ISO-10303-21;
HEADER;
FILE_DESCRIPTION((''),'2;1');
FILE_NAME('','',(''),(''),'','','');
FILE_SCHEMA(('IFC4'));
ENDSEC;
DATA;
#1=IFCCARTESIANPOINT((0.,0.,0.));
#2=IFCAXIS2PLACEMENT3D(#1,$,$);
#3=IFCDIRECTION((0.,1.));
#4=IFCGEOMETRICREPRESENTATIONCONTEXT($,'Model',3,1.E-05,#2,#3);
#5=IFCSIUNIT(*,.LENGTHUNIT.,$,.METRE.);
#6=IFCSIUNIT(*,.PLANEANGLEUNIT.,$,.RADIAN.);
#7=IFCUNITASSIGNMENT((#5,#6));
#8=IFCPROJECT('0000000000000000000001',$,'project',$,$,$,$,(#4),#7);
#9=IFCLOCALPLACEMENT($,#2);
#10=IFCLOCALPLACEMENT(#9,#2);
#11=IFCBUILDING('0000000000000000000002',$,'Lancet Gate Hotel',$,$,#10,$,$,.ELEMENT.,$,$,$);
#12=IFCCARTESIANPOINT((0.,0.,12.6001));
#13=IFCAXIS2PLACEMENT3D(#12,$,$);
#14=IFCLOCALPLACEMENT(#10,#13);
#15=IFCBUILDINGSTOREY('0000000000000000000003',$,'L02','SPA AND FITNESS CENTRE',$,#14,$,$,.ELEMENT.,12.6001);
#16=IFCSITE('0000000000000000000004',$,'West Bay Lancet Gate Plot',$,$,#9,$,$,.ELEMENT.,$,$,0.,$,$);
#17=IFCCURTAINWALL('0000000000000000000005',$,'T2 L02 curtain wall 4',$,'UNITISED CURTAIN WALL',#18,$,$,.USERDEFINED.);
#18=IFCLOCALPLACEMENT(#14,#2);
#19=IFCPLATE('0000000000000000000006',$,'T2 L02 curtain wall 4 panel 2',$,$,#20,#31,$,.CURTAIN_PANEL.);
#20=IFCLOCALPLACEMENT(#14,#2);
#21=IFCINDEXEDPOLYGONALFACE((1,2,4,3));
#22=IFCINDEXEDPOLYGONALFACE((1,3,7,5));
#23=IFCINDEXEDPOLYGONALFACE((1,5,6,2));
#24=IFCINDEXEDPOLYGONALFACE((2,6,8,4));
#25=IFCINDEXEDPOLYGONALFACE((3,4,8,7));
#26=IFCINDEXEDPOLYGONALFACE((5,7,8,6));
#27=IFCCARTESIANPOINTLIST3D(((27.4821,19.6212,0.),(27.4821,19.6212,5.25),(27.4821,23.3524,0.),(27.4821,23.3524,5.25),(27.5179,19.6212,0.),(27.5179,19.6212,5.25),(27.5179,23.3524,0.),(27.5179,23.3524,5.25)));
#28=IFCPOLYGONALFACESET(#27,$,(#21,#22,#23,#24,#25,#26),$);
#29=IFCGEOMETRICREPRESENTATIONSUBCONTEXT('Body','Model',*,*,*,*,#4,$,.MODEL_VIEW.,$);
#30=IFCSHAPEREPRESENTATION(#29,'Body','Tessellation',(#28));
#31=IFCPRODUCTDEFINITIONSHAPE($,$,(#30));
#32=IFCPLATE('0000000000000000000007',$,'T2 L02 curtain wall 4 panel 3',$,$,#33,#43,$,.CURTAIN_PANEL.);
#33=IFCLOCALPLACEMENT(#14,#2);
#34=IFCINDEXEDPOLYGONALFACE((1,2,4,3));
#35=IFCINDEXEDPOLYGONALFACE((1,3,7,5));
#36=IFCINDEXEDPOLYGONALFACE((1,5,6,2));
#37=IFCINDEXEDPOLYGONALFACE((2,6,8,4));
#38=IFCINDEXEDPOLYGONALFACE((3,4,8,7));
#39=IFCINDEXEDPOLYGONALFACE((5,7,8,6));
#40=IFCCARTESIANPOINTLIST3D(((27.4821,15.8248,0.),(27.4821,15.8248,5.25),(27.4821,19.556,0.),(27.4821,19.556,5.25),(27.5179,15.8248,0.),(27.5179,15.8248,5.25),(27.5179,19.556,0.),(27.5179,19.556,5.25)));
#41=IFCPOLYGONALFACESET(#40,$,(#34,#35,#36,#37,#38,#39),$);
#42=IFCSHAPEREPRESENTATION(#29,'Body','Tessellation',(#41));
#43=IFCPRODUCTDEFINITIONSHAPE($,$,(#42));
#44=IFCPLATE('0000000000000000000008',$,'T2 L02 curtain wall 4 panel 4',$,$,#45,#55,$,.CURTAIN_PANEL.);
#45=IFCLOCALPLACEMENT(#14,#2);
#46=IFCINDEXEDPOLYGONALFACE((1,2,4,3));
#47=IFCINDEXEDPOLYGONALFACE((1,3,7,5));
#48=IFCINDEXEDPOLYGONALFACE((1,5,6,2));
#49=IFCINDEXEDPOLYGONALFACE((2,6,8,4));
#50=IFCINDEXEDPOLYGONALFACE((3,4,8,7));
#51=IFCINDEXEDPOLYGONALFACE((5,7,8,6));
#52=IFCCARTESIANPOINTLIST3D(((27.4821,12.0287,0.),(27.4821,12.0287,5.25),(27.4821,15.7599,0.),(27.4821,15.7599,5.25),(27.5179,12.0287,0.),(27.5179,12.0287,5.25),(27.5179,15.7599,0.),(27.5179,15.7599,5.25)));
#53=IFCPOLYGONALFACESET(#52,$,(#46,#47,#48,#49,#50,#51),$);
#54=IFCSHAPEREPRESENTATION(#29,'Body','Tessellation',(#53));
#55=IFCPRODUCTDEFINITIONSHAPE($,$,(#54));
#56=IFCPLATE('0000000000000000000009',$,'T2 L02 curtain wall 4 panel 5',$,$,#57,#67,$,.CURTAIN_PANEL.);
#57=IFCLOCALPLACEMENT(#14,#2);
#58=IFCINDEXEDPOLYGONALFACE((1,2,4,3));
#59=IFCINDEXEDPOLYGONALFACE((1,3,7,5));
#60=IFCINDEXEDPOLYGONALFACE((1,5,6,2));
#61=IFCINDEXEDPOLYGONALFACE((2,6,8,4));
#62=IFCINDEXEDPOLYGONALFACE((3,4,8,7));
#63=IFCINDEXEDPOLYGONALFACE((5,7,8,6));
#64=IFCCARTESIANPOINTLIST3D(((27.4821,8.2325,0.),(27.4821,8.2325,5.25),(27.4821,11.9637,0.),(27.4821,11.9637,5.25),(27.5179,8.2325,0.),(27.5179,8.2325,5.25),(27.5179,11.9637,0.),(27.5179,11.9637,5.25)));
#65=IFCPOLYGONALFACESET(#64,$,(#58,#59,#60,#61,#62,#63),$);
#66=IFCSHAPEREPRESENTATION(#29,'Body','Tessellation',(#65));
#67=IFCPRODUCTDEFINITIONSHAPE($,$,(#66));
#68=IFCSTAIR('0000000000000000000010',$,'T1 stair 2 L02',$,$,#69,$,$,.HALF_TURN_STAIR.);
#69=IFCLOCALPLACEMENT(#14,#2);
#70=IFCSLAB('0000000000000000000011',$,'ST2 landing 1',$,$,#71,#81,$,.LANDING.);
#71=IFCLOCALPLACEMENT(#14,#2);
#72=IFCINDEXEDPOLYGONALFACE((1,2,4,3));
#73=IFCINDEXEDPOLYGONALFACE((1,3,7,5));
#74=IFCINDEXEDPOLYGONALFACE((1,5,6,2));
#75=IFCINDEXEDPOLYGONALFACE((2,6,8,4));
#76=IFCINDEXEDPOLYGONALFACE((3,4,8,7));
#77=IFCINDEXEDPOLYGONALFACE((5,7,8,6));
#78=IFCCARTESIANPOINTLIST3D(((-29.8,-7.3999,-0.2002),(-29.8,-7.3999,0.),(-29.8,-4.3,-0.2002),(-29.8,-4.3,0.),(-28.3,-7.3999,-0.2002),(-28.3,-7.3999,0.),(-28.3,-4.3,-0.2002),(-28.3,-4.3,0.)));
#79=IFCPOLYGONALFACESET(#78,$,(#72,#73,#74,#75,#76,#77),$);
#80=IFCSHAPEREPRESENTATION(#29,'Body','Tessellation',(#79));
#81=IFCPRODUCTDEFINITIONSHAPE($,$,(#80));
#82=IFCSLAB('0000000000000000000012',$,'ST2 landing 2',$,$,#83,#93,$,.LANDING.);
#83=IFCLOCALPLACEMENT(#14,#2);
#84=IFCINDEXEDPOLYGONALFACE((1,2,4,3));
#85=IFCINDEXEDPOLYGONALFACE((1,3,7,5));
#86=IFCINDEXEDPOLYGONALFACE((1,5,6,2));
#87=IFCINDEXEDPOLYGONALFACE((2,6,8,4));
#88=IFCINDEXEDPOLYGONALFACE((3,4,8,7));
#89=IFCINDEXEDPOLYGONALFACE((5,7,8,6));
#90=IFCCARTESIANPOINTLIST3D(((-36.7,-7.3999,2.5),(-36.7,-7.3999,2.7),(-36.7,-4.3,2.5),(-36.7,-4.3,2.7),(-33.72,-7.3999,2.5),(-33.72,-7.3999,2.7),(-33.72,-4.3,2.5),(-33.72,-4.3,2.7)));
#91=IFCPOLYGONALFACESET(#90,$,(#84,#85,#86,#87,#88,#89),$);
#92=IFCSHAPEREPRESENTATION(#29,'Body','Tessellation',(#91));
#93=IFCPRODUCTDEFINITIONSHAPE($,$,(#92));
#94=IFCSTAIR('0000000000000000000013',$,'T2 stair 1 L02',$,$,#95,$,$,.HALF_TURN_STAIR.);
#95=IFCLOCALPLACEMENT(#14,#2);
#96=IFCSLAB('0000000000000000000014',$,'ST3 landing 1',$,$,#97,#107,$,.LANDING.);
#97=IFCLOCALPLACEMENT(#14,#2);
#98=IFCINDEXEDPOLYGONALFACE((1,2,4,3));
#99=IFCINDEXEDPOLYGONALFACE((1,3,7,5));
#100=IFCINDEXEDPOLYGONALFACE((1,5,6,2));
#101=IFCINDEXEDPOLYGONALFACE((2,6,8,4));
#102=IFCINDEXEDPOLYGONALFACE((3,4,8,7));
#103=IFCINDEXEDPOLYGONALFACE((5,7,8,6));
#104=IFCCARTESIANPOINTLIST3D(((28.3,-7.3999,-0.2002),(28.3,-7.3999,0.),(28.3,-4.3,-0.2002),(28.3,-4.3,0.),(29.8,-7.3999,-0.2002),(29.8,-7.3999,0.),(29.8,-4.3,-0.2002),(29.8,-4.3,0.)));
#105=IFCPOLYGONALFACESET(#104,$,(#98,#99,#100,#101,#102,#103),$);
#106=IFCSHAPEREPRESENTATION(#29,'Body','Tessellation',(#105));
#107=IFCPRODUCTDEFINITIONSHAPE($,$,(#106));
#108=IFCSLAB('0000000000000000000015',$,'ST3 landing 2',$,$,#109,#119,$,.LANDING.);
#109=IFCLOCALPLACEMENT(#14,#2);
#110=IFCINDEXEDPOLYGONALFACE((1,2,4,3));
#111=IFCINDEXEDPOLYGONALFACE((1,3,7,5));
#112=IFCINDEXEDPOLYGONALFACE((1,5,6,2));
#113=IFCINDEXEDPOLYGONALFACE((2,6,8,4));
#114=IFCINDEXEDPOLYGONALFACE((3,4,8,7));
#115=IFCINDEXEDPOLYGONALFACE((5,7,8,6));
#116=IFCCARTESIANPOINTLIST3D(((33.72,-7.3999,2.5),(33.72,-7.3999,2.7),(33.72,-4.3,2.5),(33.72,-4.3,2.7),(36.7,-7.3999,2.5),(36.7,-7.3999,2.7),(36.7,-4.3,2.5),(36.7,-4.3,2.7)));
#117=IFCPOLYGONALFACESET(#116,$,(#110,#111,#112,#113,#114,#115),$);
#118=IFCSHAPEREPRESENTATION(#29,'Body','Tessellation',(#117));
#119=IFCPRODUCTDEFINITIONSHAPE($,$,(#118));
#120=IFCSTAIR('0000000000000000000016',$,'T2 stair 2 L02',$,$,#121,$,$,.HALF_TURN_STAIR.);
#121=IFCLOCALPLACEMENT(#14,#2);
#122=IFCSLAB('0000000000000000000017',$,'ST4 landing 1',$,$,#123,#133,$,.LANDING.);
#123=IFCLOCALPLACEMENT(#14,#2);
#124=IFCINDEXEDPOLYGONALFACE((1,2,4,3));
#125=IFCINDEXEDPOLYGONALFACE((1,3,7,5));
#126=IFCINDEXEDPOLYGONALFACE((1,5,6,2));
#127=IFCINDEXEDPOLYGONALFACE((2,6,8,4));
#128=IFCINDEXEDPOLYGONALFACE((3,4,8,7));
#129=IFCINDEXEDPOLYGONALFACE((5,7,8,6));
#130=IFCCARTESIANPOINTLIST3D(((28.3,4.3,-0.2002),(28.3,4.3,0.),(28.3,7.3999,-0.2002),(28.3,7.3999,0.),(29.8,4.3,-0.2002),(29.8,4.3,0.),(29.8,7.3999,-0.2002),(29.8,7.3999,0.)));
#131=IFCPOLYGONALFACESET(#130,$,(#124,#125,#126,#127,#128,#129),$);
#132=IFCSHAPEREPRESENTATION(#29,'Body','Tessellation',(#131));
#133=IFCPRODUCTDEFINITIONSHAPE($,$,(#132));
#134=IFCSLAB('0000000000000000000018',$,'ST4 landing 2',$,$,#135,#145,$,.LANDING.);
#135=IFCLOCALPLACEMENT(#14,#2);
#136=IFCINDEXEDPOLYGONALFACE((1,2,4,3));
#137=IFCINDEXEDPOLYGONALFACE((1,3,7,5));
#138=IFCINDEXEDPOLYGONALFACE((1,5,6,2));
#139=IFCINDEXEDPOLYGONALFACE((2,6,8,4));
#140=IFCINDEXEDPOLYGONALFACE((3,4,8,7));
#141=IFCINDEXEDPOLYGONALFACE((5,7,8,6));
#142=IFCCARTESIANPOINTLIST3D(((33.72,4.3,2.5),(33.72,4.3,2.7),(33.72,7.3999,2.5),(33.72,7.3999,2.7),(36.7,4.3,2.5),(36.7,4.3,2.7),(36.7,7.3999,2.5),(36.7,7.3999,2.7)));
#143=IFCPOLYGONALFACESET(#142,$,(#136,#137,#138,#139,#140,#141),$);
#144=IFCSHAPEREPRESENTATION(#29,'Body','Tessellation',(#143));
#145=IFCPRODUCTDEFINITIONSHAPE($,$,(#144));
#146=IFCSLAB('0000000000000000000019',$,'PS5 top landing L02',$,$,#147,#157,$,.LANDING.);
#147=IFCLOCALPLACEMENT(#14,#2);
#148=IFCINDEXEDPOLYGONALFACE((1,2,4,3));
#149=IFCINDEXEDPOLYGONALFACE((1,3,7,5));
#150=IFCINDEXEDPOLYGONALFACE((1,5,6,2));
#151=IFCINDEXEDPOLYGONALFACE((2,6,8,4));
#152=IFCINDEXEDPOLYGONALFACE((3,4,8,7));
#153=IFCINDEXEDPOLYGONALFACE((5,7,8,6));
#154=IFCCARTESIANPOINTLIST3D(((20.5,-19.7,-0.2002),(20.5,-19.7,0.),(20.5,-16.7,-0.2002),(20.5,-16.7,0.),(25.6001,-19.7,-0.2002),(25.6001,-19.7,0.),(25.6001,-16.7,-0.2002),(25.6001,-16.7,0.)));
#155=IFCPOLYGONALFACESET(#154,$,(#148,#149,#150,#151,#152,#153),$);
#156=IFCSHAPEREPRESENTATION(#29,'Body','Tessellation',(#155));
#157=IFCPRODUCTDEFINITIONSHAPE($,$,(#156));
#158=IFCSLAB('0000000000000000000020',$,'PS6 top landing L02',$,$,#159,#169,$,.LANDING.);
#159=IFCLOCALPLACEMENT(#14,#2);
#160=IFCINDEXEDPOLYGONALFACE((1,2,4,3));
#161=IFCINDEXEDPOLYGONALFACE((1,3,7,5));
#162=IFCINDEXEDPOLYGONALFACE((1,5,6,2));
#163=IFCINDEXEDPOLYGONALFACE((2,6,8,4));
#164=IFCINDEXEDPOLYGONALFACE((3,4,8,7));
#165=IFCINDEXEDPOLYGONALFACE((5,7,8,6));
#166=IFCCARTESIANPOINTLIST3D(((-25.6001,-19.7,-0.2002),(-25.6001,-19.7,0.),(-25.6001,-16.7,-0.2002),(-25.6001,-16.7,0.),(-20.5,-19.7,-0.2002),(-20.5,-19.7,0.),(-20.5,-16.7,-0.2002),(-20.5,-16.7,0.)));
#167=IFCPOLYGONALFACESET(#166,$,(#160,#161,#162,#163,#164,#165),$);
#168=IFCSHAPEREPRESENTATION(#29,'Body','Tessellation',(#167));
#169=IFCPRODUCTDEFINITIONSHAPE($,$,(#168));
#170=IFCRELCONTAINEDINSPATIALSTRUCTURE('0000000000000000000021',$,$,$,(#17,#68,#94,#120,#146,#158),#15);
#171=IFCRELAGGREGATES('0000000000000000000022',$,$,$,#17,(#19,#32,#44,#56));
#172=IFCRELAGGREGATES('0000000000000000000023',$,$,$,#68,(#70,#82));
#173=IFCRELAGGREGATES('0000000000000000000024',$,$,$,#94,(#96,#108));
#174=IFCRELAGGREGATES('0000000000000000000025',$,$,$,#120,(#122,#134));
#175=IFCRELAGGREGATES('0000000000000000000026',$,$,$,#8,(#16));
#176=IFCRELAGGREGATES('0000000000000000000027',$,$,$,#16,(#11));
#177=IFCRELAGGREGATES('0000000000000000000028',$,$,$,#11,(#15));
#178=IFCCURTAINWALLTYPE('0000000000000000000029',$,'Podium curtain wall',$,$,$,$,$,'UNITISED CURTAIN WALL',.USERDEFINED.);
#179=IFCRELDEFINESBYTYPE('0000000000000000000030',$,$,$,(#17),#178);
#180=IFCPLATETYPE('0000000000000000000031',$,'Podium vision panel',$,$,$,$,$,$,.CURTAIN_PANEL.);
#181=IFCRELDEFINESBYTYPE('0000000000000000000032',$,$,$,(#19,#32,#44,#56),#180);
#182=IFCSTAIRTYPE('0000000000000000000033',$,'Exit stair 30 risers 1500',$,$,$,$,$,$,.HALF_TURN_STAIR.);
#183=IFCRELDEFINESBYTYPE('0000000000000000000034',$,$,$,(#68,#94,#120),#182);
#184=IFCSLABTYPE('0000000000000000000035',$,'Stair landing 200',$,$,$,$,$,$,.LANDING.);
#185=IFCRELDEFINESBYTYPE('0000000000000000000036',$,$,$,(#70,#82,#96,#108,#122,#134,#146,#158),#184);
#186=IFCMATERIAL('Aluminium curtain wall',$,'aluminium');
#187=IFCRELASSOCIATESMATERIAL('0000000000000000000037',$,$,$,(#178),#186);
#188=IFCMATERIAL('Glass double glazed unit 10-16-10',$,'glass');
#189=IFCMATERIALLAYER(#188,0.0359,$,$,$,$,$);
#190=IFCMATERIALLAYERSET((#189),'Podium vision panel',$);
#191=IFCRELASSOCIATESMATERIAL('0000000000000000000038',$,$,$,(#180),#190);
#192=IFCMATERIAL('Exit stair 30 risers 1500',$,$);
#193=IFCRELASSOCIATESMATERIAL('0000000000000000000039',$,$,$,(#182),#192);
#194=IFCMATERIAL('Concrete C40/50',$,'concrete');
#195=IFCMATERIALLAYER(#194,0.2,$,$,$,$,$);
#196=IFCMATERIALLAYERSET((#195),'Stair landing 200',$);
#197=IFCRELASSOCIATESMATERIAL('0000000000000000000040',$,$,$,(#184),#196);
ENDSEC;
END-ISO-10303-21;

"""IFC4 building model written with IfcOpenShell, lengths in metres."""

from ifc_helpers import new_model, si_unit, direction, frame, origin, origin_2d, place, context, subcontext, project, spatial, polyline, rectangle, outline, extrude, material, layer, layer_set, type_object, element, aggregate, save


model = new_model("IFC4")

# Units and contexts
model_context = context("Model", 3, precision=1e-05, world=origin(), true_north=direction((0.0, 1.0)))
body_context = subcontext(model_context, "Body", "Model", "MODEL_VIEW")
ifc_project = project(units=[si_unit("LENGTHUNIT", "METRE"), si_unit("PLANEANGLEUNIT", "RADIAN")], contexts=[model_context])

# Site, building, storey
site_placement = place(None, origin())
site = spatial("IfcSite", under=ifc_project, at=site_placement, Name="West Bay Lancet Gate Plot", CompositionType="ELEMENT", RefElevation=0.0)
building_placement = place(site_placement, origin())
building = spatial("IfcBuilding", under=site, at=building_placement, Name="Lancet Gate Hotel", CompositionType="ELEMENT")
storey_placement = place(building_placement, frame((0.0, 0.0, 12.6001)))
storey = spatial("IfcBuildingStorey", under=building, at=storey_placement, Name="L02", Description="SPA AND FITNESS CENTRE", CompositionType="ELEMENT", Elevation=12.6001)

# Curtain wall
ifc_material_1 = material(Name="Aluminium curtain wall", Category="aluminium")
curtain_wall_type = type_object("IfcCurtainWallType", Name="Podium curtain wall", ElementType="UNITISED CURTAIN WALL", PredefinedType="USERDEFINED", material=ifc_material_1)
curtain_wall_placement = place(storey_placement, origin())
curtain_wall = element("IfcCurtainWall", 1, at=curtain_wall_placement, inside=storey, type_object=curtain_wall_type, Name="T2 L02 curtain wall 4", ObjectType="UNITISED CURTAIN WALL", PredefinedType="USERDEFINED")

# Plates
ifc_material_2 = material(Name="Glass double glazed unit 10-16-10", Category="glass")
ifc_layer_1 = layer(ifc_material_2, 0.0359)
ifc_layer_set_1 = layer_set([ifc_layer_1], Name="Podium vision panel")
plate_type = type_object("IfcPlateType", Name="Podium vision panel", PredefinedType="CURTAIN_PANEL", material=ifc_layer_set_1)
plate_1_placement = place(storey_placement, frame((27.5, 21.4868, 0.0), z_axis=(0.0, 0.0, 1.0), x_axis=(0.0, -1.0, 0.0)))
plate_1 = element("IfcPlate", 2, at=plate_1_placement, type_object=plate_type, Name="T2 L02 curtain wall 4 panel 2", PredefinedType="CURTAIN_PANEL", context=body_context, shape_type="SweptSolid", body=[
    extrude(rectangle(XDim=3.7312, YDim=0.0359, at=origin_2d()), origin(), (0.0, 0.0, 1.0), 5.25),
])
plate_2_placement = place(storey_placement, frame((27.5, 17.6904, 0.0), z_axis=(0.0, 0.0, 1.0), x_axis=(0.0, -1.0, 0.0)))
plate_2 = element("IfcPlate", 3, at=plate_2_placement, type_object=plate_type, Name="T2 L02 curtain wall 4 panel 3", PredefinedType="CURTAIN_PANEL", context=body_context, shape_type="SweptSolid", body=[
    extrude(rectangle(XDim=3.7312, YDim=0.0359, at=origin_2d()), origin(), (0.0, 0.0, 1.0), 5.25),
])
plate_3_placement = place(storey_placement, frame((27.5, 13.8943, 0.0), z_axis=(0.0, 0.0, 1.0), x_axis=(0.0, -1.0, 0.0)))
plate_3 = element("IfcPlate", 4, at=plate_3_placement, type_object=plate_type, Name="T2 L02 curtain wall 4 panel 4", PredefinedType="CURTAIN_PANEL", context=body_context, shape_type="SweptSolid", body=[
    extrude(rectangle(XDim=3.7312, YDim=0.0359, at=origin_2d()), origin(), (0.0, 0.0, 1.0), 5.25),
])
plate_4_placement = place(storey_placement, frame((27.5, 10.0981, 0.0), z_axis=(0.0, 0.0, 1.0), x_axis=(0.0, -1.0, 0.0)))
plate_4 = element("IfcPlate", 5, at=plate_4_placement, type_object=plate_type, Name="T2 L02 curtain wall 4 panel 5", PredefinedType="CURTAIN_PANEL", context=body_context, shape_type="SweptSolid", body=[
    extrude(rectangle(XDim=3.7312, YDim=0.0359, at=origin_2d()), origin(), (0.0, 0.0, 1.0), 5.25),
])
aggregate(curtain_wall, [plate_1, plate_2, plate_3, plate_4])

# Stairs, slabs
ifc_material_3 = material(Name="Exit stair 30 risers 1500")
stair_type = type_object("IfcStairType", Name="Exit stair 30 risers 1500", PredefinedType="HALF_TURN_STAIR", material=ifc_material_3)
stair_1_placement = place(storey_placement, origin())
stair_1 = element("IfcStair", 6, at=stair_1_placement, inside=storey, type_object=stair_type, Name="T1 stair 2 L02", PredefinedType="HALF_TURN_STAIR")
ifc_material_4 = material(Name="Concrete C40/50", Category="concrete")
ifc_layer_2 = layer(ifc_material_4, 0.2)
ifc_layer_set_2 = layer_set([ifc_layer_2], Name="Stair landing 200")
slab_type_1 = type_object("IfcSlabType", Name="Stair landing 200", PredefinedType="LANDING", material=ifc_layer_set_2)
slab_1_placement = place(storey_placement, frame((0.0, 0.0, -0.2002)))
slab_1 = element("IfcSlab", 7, at=slab_1_placement, type_object=slab_type_1, Name="ST2 landing 1", PredefinedType="LANDING", context=body_context, shape_type="SweptSolid", body=[
    extrude(outline(polyline([(-28.3, -4.3), (-29.8, -4.3), (-29.8, -7.3999), (-28.3, -7.3999), (-28.3, -4.3)])), origin(), (0.0, 0.0, 1.0), 0.2002),
])
slab_2_placement = place(storey_placement, frame((0.0, 0.0, 2.5)))
slab_2 = element("IfcSlab", 8, at=slab_2_placement, type_object=slab_type_1, Name="ST2 landing 2", PredefinedType="LANDING", context=body_context, shape_type="SweptSolid", body=[
    extrude(outline(polyline([(-33.72, -4.3), (-36.7, -4.3), (-36.7, -7.3999), (-33.72, -7.3999), (-33.72, -4.3)])), origin(), (0.0, 0.0, 1.0), 0.2),
])
aggregate(stair_1, [slab_1, slab_2])
stair_2_placement = place(storey_placement, origin())
stair_2 = element("IfcStair", 9, at=stair_2_placement, inside=storey, type_object=stair_type, Name="T2 stair 1 L02", PredefinedType="HALF_TURN_STAIR")
slab_3_placement = place(storey_placement, frame((0.0, 0.0, -0.2002)))
slab_3 = element("IfcSlab", 10, at=slab_3_placement, type_object=slab_type_1, Name="ST3 landing 1", PredefinedType="LANDING", context=body_context, shape_type="SweptSolid", body=[
    extrude(outline(polyline([(28.3, -7.3999), (29.8, -7.3999), (29.8, -4.3), (28.3, -4.3), (28.3, -7.3999)])), origin(), (0.0, 0.0, 1.0), 0.2002),
])
slab_4_placement = place(storey_placement, frame((0.0, 0.0, 2.5)))
slab_4 = element("IfcSlab", 11, at=slab_4_placement, type_object=slab_type_1, Name="ST3 landing 2", PredefinedType="LANDING", context=body_context, shape_type="SweptSolid", body=[
    extrude(outline(polyline([(33.72, -7.3999), (36.7, -7.3999), (36.7, -4.3), (33.72, -4.3), (33.72, -7.3999)])), origin(), (0.0, 0.0, 1.0), 0.2),
])
aggregate(stair_2, [slab_3, slab_4])
stair_3_placement = place(storey_placement, origin())
stair_3 = element("IfcStair", 12, at=stair_3_placement, inside=storey, type_object=stair_type, Name="T2 stair 2 L02", PredefinedType="HALF_TURN_STAIR")
slab_5_placement = place(storey_placement, frame((0.0, 0.0, -0.2002)))
slab_5 = element("IfcSlab", 13, at=slab_5_placement, type_object=slab_type_1, Name="ST4 landing 1", PredefinedType="LANDING", context=body_context, shape_type="SweptSolid", body=[
    extrude(outline(polyline([(28.3, 4.3), (29.8, 4.3), (29.8, 7.3999), (28.3, 7.3999), (28.3, 4.3)])), origin(), (0.0, 0.0, 1.0), 0.2002),
])
slab_6_placement = place(storey_placement, frame((0.0, 0.0, 2.5)))
slab_6 = element("IfcSlab", 14, at=slab_6_placement, type_object=slab_type_1, Name="ST4 landing 2", PredefinedType="LANDING", context=body_context, shape_type="SweptSolid", body=[
    extrude(outline(polyline([(33.72, 4.3), (36.7, 4.3), (36.7, 7.3999), (33.72, 7.3999), (33.72, 4.3)])), origin(), (0.0, 0.0, 1.0), 0.2),
])
aggregate(stair_3, [slab_5, slab_6])

# Slabs
slab_7_placement = place(storey_placement, frame((0.0, 0.0, -0.2002)))
element("IfcSlab", 15, at=slab_7_placement, inside=storey, type_object=slab_type_1, Name="PS5 top landing L02", PredefinedType="LANDING", context=body_context, shape_type="SweptSolid", body=[
    extrude(outline(polyline([(20.5, -19.7), (25.6001, -19.7), (25.6001, -16.7), (20.5, -16.7), (20.5, -19.7)])), origin(), (0.0, 0.0, 1.0), 0.2002),
])
slab_8_placement = place(storey_placement, frame((0.0, 0.0, -0.2002)))
element("IfcSlab", 16, at=slab_8_placement, inside=storey, type_object=slab_type_1, Name="PS6 top landing L02", PredefinedType="LANDING", context=body_context, shape_type="SweptSolid", body=[
    extrude(outline(polyline([(-25.6001, -19.7), (-20.5, -19.7), (-20.5, -16.7), (-25.6001, -16.7), (-25.6001, -19.7)])), origin(), (0.0, 0.0, 1.0), 0.2002),
])

save(model, "model.ifc")
